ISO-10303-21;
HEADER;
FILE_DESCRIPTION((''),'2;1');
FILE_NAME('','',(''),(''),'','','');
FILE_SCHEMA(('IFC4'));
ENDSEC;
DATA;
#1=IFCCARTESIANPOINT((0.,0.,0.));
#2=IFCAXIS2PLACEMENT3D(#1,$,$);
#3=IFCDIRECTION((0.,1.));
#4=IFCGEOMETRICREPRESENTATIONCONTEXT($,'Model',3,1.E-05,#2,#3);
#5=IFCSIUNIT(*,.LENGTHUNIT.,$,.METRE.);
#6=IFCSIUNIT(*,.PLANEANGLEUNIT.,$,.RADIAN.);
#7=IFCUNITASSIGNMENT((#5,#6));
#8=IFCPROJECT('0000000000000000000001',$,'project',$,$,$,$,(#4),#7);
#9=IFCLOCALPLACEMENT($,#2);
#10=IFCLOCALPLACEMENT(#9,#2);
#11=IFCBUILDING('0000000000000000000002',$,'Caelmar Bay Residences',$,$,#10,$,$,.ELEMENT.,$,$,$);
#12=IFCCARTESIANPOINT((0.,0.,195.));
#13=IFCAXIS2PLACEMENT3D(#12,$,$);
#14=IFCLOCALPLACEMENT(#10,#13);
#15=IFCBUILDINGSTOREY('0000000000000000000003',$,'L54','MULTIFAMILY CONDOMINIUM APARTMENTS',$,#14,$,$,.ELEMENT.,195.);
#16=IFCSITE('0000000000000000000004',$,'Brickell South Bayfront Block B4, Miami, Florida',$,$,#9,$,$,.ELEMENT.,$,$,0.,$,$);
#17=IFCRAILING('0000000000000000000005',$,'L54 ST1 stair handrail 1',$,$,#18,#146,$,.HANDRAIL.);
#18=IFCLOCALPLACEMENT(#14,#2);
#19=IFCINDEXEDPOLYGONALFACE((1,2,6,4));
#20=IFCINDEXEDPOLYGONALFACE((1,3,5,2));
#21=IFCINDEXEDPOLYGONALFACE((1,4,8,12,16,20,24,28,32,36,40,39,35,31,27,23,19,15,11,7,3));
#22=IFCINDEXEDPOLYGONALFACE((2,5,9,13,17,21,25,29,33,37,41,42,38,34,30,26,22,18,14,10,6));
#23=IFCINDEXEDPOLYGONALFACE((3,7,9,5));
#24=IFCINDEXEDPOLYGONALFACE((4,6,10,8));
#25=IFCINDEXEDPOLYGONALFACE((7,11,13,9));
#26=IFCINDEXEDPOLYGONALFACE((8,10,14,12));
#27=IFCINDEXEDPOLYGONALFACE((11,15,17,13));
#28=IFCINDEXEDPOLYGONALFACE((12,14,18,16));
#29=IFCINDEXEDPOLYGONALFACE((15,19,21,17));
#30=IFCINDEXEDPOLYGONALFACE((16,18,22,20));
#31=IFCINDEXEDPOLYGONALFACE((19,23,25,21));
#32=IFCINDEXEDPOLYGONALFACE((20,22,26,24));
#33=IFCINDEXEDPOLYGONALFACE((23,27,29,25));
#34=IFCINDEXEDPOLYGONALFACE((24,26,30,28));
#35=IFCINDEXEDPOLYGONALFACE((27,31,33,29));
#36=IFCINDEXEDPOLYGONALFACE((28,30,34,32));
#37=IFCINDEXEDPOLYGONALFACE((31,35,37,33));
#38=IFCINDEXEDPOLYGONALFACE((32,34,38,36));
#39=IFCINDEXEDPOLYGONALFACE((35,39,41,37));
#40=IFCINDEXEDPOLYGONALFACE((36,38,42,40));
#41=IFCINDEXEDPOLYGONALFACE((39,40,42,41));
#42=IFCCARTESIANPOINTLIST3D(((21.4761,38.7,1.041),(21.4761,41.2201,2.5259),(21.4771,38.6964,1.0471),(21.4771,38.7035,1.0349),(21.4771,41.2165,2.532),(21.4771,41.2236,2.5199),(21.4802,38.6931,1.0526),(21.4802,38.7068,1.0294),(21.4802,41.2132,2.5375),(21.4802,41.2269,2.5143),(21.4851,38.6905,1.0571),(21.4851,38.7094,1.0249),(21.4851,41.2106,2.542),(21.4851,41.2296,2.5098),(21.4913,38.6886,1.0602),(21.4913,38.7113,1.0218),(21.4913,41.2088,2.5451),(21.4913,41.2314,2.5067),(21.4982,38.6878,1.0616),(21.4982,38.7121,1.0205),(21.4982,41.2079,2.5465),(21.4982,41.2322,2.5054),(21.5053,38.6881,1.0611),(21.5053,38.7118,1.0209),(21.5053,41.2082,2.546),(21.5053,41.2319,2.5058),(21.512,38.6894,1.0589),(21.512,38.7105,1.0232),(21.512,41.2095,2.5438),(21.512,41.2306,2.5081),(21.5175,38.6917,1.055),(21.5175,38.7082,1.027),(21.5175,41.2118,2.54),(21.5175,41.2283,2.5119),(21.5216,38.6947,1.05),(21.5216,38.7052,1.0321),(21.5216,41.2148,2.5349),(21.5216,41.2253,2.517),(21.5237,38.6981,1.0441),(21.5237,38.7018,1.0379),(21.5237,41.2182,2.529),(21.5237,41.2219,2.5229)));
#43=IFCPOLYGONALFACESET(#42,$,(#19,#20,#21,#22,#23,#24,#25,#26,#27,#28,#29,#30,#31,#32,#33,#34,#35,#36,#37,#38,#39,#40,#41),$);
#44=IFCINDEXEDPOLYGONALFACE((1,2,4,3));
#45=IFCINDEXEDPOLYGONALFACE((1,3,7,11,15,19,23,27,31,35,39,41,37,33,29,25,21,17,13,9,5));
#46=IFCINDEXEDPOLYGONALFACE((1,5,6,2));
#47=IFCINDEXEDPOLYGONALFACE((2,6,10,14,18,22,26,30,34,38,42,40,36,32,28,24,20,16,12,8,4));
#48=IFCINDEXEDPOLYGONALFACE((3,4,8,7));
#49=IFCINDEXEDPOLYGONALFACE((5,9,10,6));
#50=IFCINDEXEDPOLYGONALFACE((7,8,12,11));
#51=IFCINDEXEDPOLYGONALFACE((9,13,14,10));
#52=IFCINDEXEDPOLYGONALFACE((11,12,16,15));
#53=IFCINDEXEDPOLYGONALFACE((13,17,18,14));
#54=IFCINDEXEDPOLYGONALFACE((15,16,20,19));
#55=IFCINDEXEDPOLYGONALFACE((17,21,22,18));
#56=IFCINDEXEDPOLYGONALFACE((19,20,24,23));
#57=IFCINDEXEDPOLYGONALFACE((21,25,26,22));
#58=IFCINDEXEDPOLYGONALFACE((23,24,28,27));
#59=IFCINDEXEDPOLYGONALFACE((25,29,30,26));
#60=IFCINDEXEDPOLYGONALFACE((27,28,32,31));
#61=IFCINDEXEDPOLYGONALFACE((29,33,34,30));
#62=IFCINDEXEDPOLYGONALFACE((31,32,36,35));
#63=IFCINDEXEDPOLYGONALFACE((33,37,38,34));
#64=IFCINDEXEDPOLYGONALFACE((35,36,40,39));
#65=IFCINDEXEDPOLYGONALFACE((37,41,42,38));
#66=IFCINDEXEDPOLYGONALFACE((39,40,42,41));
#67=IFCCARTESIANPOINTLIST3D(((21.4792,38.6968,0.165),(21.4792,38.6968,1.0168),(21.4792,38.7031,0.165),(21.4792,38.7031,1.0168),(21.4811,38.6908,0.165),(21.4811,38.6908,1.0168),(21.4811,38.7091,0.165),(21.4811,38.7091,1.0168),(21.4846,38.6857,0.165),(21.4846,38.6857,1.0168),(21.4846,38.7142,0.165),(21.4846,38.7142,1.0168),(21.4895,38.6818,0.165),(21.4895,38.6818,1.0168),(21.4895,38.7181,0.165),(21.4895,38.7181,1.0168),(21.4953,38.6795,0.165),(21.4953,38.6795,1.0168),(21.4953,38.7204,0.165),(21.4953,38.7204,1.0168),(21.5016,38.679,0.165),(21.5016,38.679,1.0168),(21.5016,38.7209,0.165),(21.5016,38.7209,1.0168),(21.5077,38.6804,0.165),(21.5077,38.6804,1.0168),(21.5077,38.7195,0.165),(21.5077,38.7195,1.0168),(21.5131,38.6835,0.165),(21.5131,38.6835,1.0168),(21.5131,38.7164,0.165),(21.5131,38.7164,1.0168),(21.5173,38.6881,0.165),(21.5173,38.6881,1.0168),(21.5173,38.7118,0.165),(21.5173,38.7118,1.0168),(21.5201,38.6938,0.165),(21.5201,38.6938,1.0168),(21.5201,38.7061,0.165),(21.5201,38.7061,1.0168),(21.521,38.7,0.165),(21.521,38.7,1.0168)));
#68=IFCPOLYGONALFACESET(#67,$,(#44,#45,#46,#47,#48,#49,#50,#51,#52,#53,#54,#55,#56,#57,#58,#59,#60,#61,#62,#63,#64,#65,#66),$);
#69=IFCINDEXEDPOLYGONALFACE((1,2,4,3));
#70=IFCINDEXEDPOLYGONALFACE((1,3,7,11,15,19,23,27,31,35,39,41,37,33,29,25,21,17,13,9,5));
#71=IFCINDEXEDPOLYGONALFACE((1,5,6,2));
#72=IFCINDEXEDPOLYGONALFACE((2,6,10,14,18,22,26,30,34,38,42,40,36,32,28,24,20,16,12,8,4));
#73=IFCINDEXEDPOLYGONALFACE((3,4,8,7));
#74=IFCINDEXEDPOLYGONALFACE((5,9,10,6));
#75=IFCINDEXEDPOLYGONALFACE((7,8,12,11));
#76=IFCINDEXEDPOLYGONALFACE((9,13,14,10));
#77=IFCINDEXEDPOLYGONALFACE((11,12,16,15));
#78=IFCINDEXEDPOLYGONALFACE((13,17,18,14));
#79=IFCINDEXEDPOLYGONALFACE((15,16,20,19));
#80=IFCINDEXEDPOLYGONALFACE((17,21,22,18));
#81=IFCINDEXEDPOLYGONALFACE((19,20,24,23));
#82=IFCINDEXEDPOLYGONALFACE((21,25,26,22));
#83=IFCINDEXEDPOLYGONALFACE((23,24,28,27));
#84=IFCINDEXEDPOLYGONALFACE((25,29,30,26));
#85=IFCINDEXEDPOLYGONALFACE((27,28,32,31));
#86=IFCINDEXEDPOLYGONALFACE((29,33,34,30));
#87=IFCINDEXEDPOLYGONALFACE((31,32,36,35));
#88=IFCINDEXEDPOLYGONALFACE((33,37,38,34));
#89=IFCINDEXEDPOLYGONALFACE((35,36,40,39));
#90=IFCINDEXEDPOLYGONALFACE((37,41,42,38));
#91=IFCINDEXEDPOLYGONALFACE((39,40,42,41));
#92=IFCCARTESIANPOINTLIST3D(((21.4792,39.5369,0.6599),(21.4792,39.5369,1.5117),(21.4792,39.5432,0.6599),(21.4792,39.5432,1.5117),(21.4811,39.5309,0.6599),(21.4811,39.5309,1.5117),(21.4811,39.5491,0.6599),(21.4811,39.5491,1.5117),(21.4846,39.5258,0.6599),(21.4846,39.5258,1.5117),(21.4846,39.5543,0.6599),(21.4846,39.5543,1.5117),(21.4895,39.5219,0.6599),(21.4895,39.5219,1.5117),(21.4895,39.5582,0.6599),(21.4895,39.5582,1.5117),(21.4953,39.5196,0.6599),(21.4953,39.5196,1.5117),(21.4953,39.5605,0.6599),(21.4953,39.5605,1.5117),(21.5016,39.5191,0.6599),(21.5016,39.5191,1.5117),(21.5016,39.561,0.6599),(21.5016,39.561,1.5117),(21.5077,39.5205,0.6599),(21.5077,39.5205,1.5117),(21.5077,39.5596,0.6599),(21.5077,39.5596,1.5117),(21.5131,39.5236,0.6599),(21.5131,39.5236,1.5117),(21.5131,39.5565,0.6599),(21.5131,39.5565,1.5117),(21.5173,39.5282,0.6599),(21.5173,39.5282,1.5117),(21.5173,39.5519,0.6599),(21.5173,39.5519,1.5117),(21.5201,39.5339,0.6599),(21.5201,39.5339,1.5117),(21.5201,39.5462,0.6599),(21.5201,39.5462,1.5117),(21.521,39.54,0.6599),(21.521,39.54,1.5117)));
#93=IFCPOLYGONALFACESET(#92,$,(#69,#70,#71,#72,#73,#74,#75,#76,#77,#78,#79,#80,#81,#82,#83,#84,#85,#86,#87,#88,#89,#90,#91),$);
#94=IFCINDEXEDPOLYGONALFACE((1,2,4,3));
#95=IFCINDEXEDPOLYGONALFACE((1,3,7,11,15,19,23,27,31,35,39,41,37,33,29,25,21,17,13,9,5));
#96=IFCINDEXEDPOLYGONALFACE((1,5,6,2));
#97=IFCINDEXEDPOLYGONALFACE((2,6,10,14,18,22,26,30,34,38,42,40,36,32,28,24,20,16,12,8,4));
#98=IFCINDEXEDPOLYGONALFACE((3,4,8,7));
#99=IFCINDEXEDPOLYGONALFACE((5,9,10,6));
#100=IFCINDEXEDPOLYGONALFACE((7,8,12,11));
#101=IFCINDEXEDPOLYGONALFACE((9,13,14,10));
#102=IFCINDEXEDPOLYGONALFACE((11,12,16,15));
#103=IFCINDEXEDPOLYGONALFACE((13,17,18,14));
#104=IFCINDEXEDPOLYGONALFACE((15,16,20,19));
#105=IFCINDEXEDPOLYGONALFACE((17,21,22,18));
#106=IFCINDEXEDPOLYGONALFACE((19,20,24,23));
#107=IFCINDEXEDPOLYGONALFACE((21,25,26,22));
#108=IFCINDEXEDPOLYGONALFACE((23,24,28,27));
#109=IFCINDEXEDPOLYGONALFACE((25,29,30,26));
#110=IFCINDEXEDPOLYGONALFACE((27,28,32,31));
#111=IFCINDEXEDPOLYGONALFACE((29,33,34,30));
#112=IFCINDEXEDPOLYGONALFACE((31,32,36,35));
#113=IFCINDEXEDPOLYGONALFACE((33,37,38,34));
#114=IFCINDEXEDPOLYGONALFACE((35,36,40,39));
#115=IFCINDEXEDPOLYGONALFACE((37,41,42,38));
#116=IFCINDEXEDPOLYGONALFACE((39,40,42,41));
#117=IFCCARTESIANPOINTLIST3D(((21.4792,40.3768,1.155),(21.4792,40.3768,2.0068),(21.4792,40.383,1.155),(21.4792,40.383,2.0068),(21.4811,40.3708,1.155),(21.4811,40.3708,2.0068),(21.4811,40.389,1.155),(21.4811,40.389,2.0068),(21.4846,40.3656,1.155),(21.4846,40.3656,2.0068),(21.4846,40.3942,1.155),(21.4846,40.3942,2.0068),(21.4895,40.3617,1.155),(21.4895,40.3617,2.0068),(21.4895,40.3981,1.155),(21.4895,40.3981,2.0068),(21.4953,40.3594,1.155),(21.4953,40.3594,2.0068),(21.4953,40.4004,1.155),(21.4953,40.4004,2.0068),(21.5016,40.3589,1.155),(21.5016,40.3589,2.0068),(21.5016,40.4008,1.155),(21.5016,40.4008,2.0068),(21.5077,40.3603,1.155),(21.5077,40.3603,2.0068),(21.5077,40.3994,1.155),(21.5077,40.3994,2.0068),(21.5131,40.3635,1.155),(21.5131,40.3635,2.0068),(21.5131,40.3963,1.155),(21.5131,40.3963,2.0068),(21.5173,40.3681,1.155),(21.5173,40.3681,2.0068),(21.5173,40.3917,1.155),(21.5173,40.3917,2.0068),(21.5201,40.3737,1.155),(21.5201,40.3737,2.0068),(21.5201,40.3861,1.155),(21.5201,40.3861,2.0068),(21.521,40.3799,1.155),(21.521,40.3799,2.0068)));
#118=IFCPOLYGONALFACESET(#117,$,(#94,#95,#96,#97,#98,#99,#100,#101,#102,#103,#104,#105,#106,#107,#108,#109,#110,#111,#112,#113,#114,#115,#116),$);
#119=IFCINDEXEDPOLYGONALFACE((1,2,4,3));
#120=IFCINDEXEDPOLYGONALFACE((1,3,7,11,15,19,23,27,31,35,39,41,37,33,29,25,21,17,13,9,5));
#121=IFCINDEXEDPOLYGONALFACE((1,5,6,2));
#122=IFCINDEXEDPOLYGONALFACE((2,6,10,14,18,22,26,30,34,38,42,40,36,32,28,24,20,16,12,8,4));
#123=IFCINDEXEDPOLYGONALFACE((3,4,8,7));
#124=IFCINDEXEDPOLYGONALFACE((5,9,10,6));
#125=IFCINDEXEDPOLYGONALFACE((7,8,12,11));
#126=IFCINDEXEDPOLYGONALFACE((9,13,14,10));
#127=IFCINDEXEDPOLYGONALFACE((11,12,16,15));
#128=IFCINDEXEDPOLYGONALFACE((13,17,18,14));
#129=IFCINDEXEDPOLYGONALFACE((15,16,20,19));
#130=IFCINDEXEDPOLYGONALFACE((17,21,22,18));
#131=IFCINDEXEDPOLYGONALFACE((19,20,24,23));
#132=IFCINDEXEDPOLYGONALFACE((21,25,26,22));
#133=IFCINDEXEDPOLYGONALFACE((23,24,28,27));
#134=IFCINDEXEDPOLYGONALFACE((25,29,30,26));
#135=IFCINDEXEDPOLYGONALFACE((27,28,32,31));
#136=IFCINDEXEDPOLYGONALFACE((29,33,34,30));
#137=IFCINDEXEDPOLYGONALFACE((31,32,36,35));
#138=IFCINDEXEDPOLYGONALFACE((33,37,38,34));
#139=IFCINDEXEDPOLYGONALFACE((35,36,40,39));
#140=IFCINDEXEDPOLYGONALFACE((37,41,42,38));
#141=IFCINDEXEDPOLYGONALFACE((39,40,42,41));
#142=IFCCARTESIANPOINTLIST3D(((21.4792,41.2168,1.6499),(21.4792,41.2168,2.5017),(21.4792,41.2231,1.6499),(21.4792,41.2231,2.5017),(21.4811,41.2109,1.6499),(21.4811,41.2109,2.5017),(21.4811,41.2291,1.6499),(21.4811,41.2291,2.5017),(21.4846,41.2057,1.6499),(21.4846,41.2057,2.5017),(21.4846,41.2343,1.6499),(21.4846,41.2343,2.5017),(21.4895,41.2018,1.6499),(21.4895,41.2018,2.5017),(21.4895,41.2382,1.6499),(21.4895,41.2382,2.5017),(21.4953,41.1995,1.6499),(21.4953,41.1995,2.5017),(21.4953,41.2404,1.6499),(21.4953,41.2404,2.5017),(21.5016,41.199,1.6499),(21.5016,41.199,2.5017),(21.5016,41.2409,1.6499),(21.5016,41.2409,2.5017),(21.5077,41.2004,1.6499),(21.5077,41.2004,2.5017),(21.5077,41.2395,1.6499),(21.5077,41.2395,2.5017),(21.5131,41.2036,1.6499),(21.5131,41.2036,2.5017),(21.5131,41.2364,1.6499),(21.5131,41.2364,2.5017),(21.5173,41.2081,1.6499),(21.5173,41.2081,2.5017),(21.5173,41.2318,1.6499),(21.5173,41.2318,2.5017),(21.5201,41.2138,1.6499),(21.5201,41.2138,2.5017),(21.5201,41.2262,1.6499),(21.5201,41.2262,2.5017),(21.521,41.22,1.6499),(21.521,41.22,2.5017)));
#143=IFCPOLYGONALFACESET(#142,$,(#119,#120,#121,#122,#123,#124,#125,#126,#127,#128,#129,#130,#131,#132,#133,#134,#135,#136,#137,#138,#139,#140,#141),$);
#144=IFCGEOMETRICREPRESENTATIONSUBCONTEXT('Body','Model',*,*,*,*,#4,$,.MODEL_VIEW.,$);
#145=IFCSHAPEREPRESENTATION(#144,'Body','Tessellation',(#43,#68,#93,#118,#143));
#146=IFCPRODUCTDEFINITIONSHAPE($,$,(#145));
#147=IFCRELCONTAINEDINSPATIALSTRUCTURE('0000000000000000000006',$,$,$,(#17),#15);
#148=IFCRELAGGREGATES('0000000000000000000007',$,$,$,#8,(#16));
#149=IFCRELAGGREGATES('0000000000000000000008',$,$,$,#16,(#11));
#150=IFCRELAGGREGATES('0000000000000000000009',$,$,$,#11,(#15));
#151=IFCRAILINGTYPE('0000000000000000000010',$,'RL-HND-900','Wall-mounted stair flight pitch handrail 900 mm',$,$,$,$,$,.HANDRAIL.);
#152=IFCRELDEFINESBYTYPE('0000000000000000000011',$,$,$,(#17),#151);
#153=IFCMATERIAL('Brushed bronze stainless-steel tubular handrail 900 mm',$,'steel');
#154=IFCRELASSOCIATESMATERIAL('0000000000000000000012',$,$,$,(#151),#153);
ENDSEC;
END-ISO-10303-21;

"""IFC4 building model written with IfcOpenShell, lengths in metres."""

from ifc_helpers import new_model, si_unit, direction, frame, origin, origin_2d, place, context, subcontext, project, spatial, circle, extrude, material, type_object, element, save


model = new_model("IFC4")

# Units and contexts
model_context = context("Model", 3, precision=1e-05, world=origin(), true_north=direction((0.0, 1.0)))
body_context = subcontext(model_context, "Body", "Model", "MODEL_VIEW")
ifc_project = project(units=[si_unit("LENGTHUNIT", "METRE"), si_unit("PLANEANGLEUNIT", "RADIAN")], contexts=[model_context])

# Site, building, storey
site_placement = place(None, origin())
site = spatial("IfcSite", under=ifc_project, at=site_placement, Name="Brickell South Bayfront Block B4, Miami, Florida", CompositionType="ELEMENT", RefElevation=0.0)
building_placement = place(site_placement, origin())
building = spatial("IfcBuilding", under=site, at=building_placement, Name="Caelmar Bay Residences", CompositionType="ELEMENT")
storey_placement = place(building_placement, frame((0.0, 0.0, 195.0)))
storey = spatial("IfcBuildingStorey", under=building, at=storey_placement, Name="L54", Description="MULTIFAMILY CONDOMINIUM APARTMENTS", CompositionType="ELEMENT", Elevation=195.0)

# Railing
ifc_material_1 = material(Name="Brushed bronze stainless-steel tubular handrail 900 mm", Category="steel")
railing_type_1 = type_object("IfcRailingType", Name="RL-HND-900", Description="Wall-mounted stair flight pitch handrail 900 mm", PredefinedType="HANDRAIL", material=ifc_material_1)
railing_1_placement = place(storey_placement, frame((21.5, 38.7, 0.165)))
element("IfcRailing", 1, at=railing_1_placement, inside=storey, type_object=railing_type_1, Name="L54 ST1 stair handrail 1", PredefinedType="HANDRAIL", context=body_context, shape_type="SweptSolid", body=[
    extrude(circle(Radius=0.0239, at=origin_2d()), frame((0.0, 0.0, 0.876), z_axis=(0.0, 0.861561, 0.507655), x_axis=(-1.0, 0.0, 0.0)), (0.0, 0.0, 1.0), 2.925),
    extrude(circle(Radius=0.021, at=origin_2d()), origin(), (0.0, 0.0, 1.0), 0.8518),
    extrude(circle(Radius=0.021, at=origin_2d()), frame((0.0, 0.8401, 0.4949)), (0.0, 0.0, 1.0), 0.8518),
    extrude(circle(Radius=0.021, at=origin_2d()), frame((0.0, 1.6799, 0.99)), (0.0, 0.0, 1.0), 0.8518),
    extrude(circle(Radius=0.021, at=origin_2d()), frame((0.0, 2.52, 1.4849)), (0.0, 0.0, 1.0), 0.8518),
])

save(model, "model.ifc")
